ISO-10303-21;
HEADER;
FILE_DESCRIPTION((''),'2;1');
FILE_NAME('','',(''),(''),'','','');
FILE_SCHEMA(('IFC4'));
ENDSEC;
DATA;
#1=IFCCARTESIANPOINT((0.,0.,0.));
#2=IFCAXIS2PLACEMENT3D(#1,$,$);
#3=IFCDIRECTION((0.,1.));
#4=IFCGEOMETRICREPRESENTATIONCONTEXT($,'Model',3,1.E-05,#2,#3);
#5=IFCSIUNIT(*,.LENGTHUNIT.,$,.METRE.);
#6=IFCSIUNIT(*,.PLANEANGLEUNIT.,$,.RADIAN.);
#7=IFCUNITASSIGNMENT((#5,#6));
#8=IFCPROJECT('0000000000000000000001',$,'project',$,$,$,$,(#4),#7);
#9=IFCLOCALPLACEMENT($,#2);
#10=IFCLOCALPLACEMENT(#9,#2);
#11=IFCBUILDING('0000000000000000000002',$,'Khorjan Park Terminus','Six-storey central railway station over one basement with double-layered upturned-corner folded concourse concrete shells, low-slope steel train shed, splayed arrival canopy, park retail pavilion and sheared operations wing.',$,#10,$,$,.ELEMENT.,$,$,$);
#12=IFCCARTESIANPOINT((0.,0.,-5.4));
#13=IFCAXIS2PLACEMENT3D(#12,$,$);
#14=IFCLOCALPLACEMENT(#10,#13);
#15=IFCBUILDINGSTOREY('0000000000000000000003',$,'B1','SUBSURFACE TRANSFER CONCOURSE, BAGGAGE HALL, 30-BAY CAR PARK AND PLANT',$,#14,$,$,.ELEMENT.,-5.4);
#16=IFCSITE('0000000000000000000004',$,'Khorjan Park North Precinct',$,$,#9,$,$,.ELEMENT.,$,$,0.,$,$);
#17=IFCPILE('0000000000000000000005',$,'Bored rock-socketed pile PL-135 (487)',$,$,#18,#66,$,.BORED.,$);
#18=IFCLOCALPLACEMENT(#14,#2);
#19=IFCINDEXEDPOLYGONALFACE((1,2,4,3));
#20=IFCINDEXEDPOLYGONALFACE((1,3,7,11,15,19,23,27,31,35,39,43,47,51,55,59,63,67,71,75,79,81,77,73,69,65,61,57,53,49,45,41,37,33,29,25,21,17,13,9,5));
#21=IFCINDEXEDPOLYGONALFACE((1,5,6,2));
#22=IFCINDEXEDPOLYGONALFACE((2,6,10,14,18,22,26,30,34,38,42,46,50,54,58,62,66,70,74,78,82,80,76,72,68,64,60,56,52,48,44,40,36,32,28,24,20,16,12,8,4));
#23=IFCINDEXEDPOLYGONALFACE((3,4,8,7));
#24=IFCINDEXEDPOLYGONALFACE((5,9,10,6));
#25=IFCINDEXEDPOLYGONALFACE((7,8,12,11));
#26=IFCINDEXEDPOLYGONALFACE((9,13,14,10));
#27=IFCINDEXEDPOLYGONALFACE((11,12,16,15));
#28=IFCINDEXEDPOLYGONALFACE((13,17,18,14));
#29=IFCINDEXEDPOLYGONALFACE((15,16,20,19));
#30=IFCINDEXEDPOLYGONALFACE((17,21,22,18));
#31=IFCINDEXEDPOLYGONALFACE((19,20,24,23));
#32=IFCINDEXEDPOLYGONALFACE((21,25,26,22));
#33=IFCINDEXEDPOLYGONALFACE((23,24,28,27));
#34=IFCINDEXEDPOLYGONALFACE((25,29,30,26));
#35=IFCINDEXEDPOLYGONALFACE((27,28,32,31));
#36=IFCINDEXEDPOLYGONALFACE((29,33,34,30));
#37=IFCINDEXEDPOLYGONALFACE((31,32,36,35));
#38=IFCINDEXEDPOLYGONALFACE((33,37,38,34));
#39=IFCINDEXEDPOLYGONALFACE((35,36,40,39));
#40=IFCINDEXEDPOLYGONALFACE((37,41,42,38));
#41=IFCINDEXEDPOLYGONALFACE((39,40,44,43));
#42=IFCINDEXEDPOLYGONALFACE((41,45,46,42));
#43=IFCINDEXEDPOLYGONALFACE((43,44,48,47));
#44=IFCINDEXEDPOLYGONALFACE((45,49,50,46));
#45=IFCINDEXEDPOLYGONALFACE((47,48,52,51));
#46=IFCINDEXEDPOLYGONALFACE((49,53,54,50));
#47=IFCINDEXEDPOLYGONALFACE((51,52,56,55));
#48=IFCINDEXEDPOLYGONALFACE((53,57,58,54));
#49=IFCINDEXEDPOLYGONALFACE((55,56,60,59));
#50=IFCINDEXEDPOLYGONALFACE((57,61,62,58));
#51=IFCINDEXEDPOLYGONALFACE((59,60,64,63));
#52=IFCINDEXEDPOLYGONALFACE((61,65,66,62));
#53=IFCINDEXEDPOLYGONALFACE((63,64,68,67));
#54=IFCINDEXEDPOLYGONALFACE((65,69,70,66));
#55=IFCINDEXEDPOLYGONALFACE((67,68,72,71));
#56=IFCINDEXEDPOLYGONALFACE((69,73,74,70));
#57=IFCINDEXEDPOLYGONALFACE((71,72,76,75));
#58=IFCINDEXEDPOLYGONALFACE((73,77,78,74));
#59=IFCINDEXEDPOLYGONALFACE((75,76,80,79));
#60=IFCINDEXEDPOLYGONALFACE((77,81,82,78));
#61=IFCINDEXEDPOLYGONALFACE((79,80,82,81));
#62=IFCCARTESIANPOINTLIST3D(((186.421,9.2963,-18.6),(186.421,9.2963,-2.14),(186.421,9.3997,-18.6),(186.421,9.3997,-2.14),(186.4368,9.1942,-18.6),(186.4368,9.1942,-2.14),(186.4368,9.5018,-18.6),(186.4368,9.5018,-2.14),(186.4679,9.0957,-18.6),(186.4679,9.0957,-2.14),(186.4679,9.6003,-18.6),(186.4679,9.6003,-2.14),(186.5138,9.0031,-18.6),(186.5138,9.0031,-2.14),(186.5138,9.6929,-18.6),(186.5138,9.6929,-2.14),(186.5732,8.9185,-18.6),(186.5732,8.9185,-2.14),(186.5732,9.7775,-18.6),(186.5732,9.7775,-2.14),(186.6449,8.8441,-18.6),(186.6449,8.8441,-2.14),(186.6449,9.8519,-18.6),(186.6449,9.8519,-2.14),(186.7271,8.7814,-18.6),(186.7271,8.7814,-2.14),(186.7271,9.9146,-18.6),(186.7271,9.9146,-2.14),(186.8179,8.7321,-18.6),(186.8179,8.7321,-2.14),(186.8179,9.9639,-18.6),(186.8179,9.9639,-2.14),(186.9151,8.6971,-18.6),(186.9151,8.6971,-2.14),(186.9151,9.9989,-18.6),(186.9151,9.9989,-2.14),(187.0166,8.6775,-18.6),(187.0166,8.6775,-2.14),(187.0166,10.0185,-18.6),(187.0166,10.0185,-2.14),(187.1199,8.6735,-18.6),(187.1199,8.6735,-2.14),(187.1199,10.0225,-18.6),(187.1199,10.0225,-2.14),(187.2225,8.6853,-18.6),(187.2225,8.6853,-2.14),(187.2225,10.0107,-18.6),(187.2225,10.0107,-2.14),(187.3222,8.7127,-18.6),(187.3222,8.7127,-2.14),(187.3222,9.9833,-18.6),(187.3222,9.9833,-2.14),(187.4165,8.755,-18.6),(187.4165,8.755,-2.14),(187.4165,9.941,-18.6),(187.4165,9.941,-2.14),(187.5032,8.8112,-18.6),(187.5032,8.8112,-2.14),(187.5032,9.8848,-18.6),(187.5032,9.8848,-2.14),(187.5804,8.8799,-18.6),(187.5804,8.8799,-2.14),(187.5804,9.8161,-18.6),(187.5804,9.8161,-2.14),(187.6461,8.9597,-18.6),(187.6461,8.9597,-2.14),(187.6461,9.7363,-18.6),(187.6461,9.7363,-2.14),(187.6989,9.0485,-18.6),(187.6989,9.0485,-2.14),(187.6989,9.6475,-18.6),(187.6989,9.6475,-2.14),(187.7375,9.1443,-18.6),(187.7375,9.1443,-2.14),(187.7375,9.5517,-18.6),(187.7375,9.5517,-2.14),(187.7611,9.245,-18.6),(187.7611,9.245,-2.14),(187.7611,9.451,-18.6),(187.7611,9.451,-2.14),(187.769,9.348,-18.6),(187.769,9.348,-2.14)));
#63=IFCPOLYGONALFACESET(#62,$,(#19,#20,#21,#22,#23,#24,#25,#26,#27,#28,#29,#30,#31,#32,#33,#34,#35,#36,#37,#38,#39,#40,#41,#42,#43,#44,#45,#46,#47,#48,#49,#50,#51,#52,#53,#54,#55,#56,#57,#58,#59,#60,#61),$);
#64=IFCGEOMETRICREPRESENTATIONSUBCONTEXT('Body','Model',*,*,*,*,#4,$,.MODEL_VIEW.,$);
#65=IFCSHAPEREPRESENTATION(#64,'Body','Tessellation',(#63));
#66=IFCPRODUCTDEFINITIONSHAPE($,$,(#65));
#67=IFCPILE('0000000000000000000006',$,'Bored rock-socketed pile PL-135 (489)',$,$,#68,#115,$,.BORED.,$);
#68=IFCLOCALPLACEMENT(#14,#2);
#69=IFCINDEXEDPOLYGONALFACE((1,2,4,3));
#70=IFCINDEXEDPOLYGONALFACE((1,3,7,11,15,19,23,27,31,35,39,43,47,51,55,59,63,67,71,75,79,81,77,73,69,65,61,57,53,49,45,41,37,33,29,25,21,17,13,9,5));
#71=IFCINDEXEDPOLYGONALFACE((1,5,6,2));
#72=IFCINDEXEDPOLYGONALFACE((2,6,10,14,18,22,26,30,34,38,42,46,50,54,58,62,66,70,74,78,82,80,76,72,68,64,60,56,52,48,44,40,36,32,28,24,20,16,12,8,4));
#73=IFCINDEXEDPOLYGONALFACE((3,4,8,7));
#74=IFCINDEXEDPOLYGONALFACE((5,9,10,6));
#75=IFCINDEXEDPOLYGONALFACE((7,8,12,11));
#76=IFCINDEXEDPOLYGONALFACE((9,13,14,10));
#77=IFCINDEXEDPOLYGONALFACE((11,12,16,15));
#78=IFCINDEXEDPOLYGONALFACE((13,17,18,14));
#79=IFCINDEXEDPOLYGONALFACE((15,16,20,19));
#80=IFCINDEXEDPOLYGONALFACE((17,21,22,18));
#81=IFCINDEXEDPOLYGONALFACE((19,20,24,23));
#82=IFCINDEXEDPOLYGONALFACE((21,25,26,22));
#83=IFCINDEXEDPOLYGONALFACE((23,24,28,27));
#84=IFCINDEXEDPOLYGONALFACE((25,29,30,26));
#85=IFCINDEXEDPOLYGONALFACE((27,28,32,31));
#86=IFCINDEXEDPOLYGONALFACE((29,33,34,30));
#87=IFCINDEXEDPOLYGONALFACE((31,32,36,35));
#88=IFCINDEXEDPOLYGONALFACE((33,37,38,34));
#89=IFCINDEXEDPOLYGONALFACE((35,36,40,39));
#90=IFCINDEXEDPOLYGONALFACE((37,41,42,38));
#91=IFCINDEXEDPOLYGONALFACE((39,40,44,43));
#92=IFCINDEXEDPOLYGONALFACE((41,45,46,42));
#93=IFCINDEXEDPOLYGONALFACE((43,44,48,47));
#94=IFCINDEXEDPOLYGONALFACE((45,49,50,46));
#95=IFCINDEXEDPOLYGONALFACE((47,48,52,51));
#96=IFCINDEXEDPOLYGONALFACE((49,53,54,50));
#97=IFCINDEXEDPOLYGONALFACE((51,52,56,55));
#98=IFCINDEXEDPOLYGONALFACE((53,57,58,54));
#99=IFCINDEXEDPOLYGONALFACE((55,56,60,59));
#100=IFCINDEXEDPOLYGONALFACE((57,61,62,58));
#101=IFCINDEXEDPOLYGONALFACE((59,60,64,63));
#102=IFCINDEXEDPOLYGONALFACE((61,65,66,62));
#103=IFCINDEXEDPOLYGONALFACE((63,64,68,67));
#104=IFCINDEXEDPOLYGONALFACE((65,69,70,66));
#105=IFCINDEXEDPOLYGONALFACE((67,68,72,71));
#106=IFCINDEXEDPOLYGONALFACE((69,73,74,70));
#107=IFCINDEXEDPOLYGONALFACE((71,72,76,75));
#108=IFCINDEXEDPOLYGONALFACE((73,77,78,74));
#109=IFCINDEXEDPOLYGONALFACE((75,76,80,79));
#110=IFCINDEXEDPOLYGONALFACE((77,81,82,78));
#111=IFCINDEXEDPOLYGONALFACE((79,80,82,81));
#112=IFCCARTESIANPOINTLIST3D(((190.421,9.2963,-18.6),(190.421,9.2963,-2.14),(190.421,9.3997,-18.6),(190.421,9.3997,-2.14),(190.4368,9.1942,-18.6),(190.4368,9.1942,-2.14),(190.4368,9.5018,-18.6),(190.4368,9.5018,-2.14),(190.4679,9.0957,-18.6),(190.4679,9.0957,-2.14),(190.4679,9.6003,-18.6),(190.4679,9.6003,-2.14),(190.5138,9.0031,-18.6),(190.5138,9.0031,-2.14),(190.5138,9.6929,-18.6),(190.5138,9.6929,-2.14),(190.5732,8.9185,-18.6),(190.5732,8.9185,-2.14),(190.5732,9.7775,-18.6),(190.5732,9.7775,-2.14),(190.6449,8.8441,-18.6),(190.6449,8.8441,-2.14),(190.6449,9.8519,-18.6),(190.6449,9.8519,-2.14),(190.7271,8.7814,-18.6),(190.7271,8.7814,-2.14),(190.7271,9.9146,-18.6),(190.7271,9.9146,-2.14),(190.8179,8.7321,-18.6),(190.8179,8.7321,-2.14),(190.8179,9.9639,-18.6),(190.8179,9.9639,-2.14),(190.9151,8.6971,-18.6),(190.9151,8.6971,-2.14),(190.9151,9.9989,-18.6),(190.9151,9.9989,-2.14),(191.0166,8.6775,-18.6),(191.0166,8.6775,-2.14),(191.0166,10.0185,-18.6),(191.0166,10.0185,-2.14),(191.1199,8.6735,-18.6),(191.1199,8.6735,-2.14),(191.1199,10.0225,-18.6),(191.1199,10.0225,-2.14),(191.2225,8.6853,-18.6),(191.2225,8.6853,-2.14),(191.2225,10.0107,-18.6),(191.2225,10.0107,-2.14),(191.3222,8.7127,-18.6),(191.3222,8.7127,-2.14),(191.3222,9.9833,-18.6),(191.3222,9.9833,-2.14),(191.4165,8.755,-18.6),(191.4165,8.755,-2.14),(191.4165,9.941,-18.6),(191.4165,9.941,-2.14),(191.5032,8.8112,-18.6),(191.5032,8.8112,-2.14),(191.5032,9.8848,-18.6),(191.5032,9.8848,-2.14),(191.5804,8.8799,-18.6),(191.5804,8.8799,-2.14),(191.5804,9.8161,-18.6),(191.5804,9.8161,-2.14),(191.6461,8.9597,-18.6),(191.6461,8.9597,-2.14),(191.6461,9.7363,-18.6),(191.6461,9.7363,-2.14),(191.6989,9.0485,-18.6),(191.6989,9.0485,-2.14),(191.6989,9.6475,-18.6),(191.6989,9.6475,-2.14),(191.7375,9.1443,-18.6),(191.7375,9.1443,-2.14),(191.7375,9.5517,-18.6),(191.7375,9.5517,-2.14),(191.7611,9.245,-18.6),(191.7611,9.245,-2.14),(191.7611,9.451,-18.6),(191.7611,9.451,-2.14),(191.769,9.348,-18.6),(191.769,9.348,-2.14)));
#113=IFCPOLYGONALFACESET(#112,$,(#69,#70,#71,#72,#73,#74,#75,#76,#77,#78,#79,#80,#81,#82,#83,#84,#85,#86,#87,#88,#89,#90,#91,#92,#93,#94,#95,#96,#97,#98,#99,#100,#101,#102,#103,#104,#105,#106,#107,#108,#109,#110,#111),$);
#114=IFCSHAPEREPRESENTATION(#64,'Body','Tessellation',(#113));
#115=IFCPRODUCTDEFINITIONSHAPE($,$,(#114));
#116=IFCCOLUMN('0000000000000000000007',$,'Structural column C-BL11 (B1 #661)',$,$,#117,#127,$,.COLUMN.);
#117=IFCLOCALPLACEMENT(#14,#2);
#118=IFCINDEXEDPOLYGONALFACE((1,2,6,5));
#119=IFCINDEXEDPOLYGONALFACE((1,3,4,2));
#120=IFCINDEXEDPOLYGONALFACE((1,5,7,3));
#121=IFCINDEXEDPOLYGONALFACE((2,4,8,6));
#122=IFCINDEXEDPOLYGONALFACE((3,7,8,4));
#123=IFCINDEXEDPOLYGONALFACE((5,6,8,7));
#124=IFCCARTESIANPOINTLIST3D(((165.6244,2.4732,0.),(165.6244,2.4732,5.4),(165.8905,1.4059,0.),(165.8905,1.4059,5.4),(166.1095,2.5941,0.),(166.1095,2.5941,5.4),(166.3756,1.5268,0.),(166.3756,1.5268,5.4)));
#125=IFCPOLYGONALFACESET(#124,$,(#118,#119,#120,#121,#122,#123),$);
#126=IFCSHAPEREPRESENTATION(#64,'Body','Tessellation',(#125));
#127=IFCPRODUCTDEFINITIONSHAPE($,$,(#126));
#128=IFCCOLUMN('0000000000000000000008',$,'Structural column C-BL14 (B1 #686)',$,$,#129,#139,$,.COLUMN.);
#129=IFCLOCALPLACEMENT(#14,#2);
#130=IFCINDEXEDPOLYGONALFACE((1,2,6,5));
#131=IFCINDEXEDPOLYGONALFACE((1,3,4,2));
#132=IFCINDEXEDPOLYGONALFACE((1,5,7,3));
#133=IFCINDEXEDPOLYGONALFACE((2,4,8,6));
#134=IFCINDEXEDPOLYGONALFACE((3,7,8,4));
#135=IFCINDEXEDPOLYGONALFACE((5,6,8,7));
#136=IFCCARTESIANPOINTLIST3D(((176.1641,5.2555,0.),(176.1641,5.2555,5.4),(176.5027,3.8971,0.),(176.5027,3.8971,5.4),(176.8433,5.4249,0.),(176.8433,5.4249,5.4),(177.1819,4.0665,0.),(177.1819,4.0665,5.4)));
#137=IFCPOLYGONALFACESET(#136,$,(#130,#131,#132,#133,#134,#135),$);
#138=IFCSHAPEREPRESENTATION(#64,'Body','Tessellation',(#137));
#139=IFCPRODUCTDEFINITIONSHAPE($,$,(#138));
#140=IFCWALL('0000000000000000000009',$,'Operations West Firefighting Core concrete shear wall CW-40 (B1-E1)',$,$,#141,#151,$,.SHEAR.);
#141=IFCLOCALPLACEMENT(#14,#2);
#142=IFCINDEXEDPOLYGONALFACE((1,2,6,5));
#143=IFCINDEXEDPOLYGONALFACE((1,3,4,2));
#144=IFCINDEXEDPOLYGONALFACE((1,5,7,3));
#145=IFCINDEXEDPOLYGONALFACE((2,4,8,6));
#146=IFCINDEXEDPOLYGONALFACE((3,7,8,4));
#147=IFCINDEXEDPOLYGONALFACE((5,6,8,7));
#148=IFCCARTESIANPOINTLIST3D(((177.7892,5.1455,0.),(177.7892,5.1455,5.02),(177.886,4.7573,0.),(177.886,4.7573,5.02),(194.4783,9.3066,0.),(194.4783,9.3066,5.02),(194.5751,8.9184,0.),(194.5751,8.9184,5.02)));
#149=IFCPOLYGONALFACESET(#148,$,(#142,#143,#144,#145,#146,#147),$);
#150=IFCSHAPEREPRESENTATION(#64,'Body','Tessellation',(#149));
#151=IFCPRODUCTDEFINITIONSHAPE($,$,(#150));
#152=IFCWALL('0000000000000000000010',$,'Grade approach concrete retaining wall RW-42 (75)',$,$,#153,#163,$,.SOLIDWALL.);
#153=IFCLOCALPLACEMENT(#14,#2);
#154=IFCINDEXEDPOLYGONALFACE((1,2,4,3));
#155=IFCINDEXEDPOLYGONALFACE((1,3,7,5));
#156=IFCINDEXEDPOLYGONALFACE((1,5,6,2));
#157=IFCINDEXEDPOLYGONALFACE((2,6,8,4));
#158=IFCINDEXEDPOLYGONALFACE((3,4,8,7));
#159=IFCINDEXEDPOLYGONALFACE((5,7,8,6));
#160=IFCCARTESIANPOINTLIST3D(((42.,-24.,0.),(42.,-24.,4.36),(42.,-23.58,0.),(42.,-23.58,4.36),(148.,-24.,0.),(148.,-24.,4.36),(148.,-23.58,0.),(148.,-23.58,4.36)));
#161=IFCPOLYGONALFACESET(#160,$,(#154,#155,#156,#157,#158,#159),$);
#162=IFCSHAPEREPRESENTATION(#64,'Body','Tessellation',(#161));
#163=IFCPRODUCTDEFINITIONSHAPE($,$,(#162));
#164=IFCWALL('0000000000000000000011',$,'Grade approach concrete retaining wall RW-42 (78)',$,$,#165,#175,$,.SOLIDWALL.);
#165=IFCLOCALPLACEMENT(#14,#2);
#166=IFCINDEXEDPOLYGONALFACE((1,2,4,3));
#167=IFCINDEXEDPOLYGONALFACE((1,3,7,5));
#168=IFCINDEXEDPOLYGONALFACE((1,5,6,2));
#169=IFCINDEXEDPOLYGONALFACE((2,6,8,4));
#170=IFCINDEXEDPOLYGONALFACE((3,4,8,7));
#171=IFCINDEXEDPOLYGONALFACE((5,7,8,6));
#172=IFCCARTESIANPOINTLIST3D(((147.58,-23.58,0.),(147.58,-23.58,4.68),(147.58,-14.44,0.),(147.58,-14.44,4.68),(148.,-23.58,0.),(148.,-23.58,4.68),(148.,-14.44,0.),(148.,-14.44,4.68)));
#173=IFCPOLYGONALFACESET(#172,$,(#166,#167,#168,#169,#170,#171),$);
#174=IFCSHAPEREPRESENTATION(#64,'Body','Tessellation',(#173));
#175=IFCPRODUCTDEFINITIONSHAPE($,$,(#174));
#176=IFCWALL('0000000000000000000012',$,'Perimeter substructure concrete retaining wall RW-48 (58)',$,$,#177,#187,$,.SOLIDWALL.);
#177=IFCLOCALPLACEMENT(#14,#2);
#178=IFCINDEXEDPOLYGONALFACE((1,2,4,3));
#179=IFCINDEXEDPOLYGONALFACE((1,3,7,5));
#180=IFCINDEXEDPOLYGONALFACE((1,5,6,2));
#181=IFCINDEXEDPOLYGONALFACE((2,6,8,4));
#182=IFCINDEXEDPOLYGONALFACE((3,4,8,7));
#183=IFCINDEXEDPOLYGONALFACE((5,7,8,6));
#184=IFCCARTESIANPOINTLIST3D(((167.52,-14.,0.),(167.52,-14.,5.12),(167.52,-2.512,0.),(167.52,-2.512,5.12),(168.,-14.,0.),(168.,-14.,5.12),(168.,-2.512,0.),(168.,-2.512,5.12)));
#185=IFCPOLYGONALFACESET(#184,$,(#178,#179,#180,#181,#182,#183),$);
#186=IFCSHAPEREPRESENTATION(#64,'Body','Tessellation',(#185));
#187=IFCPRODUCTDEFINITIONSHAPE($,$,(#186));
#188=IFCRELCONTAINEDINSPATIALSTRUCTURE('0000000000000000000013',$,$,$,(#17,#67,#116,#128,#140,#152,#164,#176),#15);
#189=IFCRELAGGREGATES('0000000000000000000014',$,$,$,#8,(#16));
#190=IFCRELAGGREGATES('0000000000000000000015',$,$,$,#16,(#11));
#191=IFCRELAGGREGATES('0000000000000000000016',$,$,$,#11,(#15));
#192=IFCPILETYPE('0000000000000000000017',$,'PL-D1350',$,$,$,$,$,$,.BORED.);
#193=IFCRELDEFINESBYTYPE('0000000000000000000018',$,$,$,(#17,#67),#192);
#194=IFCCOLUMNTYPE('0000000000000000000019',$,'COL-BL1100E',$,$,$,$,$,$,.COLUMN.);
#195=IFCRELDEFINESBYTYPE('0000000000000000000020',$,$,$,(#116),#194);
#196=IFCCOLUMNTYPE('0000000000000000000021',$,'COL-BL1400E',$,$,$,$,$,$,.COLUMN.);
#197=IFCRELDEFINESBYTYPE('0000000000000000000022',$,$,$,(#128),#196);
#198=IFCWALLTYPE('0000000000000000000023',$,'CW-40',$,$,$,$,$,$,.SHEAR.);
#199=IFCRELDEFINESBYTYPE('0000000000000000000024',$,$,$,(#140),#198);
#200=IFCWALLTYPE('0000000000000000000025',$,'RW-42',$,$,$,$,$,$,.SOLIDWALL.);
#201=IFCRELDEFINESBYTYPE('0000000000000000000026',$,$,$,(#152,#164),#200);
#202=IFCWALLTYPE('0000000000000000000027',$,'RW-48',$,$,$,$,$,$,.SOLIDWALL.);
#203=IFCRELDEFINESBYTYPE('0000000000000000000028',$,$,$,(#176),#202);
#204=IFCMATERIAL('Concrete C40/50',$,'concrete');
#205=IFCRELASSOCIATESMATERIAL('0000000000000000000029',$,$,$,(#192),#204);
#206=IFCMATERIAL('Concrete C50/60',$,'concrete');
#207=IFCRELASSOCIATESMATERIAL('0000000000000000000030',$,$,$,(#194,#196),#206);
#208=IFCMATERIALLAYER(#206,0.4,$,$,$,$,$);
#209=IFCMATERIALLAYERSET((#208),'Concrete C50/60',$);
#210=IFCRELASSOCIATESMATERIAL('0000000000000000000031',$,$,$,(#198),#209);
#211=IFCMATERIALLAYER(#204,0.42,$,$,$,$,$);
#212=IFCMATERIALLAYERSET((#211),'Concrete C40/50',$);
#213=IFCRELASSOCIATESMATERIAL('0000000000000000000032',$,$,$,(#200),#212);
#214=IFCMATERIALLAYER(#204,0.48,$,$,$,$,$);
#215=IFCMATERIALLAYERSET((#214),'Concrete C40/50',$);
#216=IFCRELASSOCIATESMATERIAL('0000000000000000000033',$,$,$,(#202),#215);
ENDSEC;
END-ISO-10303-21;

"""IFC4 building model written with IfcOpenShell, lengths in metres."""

from ifc_helpers import new_model, si_unit, direction, frame, frame_2d, origin, origin_2d, place, context, subcontext, project, spatial, rectangle, circle, extrude, material, layer, layer_set, material_profile, profile_set, type_object, element, save


model = new_model("IFC4")

# Units and contexts
model_context = context("Model", 3, precision=1e-05, world=origin(), true_north=direction((0.0, 1.0)))
body_context = subcontext(model_context, "Body", "Model", "MODEL_VIEW")
ifc_project = project(units=[si_unit("LENGTHUNIT", "METRE"), si_unit("PLANEANGLEUNIT", "RADIAN")], contexts=[model_context])

# Site, building, storey
site_placement = place(None, origin())
site = spatial("IfcSite", under=ifc_project, at=site_placement, Name="Khorjan Park North Precinct", CompositionType="ELEMENT", RefElevation=0.0)
building_placement = place(site_placement, origin())
building = spatial("IfcBuilding", under=site, at=building_placement, Name="Khorjan Park Terminus", Description="Six-storey central railway station over one basement with double-layered upturned-corner folded concourse concrete shells, low-slope steel train shed, splayed arrival canopy, park retail pavilion and sheared operations wing.", CompositionType="ELEMENT")
storey_placement = place(building_placement, frame((0.0, 0.0, -5.4)))
storey = spatial("IfcBuildingStorey", under=building, at=storey_placement, Name="B1", Description="SUBSURFACE TRANSFER CONCOURSE, BAGGAGE HALL, 30-BAY CAR PARK AND PLANT", CompositionType="ELEMENT", Elevation=-5.4)

# Shared definitions
ifc_material_1 = material(Name="Concrete C40/50", Category="concrete")

# Piles
ifc_material_profile_1 = material_profile(ifc_material_1, circle(Radius=0.675, at=origin_2d()), Name="BORED D1350")
ifc_profile_set_1 = profile_set([ifc_material_profile_1], Name="Concrete C40/50")
pile_type_1 = type_object("IfcPileType", Name="PL-D1350", PredefinedType="BORED", material=ifc_profile_set_1)
for number, where, z_axis, x_axis, name in (
    (1, (187.094, 9.348, -2.14), (0.0, 0.0, -1.0), (1.0, 0.0, 0.0), "Bored rock-socketed pile PL-135 (487)"),
    (2, (191.094, 9.348, -2.14), (0.0, 0.0, -1.0), (1.0, 0.0, 0.0), "Bored rock-socketed pile PL-135 (489)"),
):
    element("IfcPile", number, at=place(storey_placement, frame(where, z_axis=z_axis, x_axis=x_axis)), inside=storey, type_object=pile_type_1, Name=name, PredefinedType="BORED", context=body_context, shape_type="SweptSolid", body=[
        extrude(circle(Radius=0.675, at=origin_2d()), origin(), (0.0, 0.0, 1.0), 16.46),
    ])

# Columns
ifc_material_2 = material(Name="Concrete C50/60", Category="concrete")
ifc_material_profile_2 = material_profile(ifc_material_2, rectangle(XDim=0.5, YDim=1.1, at=origin_2d()), Name="RC 500x1100")
ifc_profile_set_2 = profile_set([ifc_material_profile_2], Name="Concrete C50/60")
column_type_1 = type_object("IfcColumnType", Name="COL-BL1100E", PredefinedType="COLUMN", material=ifc_profile_set_2)
column_1_placement = place(storey_placement, frame((166.0, 2.0, 0.0), z_axis=(0.0, 0.0, 1.0), x_axis=(0.970296, 0.241922, 0.0)))
element("IfcColumn", 3, at=column_1_placement, inside=storey, type_object=column_type_1, Name="Structural column C-BL11 (B1 #661)", PredefinedType="COLUMN", context=body_context, shape_type="SweptSolid", body=[
    extrude(rectangle(XDim=0.5, YDim=1.1, at=origin_2d()), origin(), (0.0, 0.0, 1.0), 5.4),
])
ifc_material_profile_3 = material_profile(ifc_material_2, rectangle(XDim=0.7, YDim=1.4, at=origin_2d()), Name="RC 700x1400")
ifc_profile_set_3 = profile_set([ifc_material_profile_3], Name="Concrete C50/60")
column_type_2 = type_object("IfcColumnType", Name="COL-BL1400E", PredefinedType="COLUMN", material=ifc_profile_set_3)
column_2_placement = place(storey_placement, frame((176.673, 4.661, 0.0), z_axis=(0.0, 0.0, 1.0), x_axis=(0.970296, 0.241922, 0.0)))
element("IfcColumn", 4, at=column_2_placement, inside=storey, type_object=column_type_2, Name="Structural column C-BL14 (B1 #686)", PredefinedType="COLUMN", context=body_context, shape_type="SweptSolid", body=[
    extrude(rectangle(XDim=0.7, YDim=1.4, at=origin_2d()), origin(), (0.0, 0.0, 1.0), 5.4),
])

# Walls
ifc_layer_1 = layer(ifc_material_2, 0.4)
ifc_layer_set_1 = layer_set([ifc_layer_1], Name="Concrete C50/60")
wall_type_1 = type_object("IfcWallType", Name="CW-40", PredefinedType="SHEAR", material=ifc_layer_set_1)
wall_1_placement = place(storey_placement, frame((177.8376, 4.9514, 0.0), z_axis=(0.0, 0.0, 1.0), x_axis=(0.970295, 0.241924, 0.0)))
element("IfcWall", 5, at=wall_1_placement, inside=storey, type_object=wall_type_1, Name="Operations West Firefighting Core concrete shear wall CW-40 (B1-E1)", PredefinedType="SHEAR", context=body_context, shape_type="SweptSolid", body=[
    extrude(rectangle(XDim=17.2, YDim=0.4, at=frame_2d((8.6, 0.0))), origin(), (0.0, 0.0, 1.0), 5.02),
])
ifc_layer_2 = layer(ifc_material_1, 0.42)
ifc_layer_set_2 = layer_set([ifc_layer_2], Name="Concrete C40/50")
wall_type_2 = type_object("IfcWallType", Name="RW-42", PredefinedType="SOLIDWALL", material=ifc_layer_set_2)
wall_2_placement = place(storey_placement, frame((148.0, -23.79, 0.0), z_axis=(0.0, 0.0, 1.0), x_axis=(-1.0, 0.0, 0.0)))
element("IfcWall", 6, at=wall_2_placement, inside=storey, type_object=wall_type_2, Name="Grade approach concrete retaining wall RW-42 (75)", PredefinedType="SOLIDWALL", context=body_context, shape_type="SweptSolid", body=[
    extrude(rectangle(XDim=106.0, YDim=0.42, at=frame_2d((53.0, 0.0))), origin(), (0.0, 0.0, 1.0), 4.36),
])
wall_3_placement = place(storey_placement, frame((147.79, -14.44, 0.0), z_axis=(0.0, 0.0, 1.0), x_axis=(0.0, -1.0, 0.0)))
element("IfcWall", 7, at=wall_3_placement, inside=storey, type_object=wall_type_2, Name="Grade approach concrete retaining wall RW-42 (78)", PredefinedType="SOLIDWALL", context=body_context, shape_type="SweptSolid", body=[
    extrude(rectangle(XDim=9.14, YDim=0.42, at=frame_2d((4.57, 0.0))), origin(), (0.0, 0.0, 1.0), 4.68),
])
ifc_layer_3 = layer(ifc_material_1, 0.48)
ifc_layer_set_3 = layer_set([ifc_layer_3], Name="Concrete C40/50")
wall_type_3 = type_object("IfcWallType", Name="RW-48", PredefinedType="SOLIDWALL", material=ifc_layer_set_3)
wall_4_placement = place(storey_placement, frame((167.76, -2.512, 0.0), z_axis=(0.0, 0.0, 1.0), x_axis=(0.0, -1.0, 0.0)))
element("IfcWall", 8, at=wall_4_placement, inside=storey, type_object=wall_type_3, Name="Perimeter substructure concrete retaining wall RW-48 (58)", PredefinedType="SOLIDWALL", context=body_context, shape_type="SweptSolid", body=[
    extrude(rectangle(XDim=11.488, YDim=0.48, at=frame_2d((5.744, 0.0))), origin(), (0.0, 0.0, 1.0), 5.12),
])

save(model, "model.ifc")
